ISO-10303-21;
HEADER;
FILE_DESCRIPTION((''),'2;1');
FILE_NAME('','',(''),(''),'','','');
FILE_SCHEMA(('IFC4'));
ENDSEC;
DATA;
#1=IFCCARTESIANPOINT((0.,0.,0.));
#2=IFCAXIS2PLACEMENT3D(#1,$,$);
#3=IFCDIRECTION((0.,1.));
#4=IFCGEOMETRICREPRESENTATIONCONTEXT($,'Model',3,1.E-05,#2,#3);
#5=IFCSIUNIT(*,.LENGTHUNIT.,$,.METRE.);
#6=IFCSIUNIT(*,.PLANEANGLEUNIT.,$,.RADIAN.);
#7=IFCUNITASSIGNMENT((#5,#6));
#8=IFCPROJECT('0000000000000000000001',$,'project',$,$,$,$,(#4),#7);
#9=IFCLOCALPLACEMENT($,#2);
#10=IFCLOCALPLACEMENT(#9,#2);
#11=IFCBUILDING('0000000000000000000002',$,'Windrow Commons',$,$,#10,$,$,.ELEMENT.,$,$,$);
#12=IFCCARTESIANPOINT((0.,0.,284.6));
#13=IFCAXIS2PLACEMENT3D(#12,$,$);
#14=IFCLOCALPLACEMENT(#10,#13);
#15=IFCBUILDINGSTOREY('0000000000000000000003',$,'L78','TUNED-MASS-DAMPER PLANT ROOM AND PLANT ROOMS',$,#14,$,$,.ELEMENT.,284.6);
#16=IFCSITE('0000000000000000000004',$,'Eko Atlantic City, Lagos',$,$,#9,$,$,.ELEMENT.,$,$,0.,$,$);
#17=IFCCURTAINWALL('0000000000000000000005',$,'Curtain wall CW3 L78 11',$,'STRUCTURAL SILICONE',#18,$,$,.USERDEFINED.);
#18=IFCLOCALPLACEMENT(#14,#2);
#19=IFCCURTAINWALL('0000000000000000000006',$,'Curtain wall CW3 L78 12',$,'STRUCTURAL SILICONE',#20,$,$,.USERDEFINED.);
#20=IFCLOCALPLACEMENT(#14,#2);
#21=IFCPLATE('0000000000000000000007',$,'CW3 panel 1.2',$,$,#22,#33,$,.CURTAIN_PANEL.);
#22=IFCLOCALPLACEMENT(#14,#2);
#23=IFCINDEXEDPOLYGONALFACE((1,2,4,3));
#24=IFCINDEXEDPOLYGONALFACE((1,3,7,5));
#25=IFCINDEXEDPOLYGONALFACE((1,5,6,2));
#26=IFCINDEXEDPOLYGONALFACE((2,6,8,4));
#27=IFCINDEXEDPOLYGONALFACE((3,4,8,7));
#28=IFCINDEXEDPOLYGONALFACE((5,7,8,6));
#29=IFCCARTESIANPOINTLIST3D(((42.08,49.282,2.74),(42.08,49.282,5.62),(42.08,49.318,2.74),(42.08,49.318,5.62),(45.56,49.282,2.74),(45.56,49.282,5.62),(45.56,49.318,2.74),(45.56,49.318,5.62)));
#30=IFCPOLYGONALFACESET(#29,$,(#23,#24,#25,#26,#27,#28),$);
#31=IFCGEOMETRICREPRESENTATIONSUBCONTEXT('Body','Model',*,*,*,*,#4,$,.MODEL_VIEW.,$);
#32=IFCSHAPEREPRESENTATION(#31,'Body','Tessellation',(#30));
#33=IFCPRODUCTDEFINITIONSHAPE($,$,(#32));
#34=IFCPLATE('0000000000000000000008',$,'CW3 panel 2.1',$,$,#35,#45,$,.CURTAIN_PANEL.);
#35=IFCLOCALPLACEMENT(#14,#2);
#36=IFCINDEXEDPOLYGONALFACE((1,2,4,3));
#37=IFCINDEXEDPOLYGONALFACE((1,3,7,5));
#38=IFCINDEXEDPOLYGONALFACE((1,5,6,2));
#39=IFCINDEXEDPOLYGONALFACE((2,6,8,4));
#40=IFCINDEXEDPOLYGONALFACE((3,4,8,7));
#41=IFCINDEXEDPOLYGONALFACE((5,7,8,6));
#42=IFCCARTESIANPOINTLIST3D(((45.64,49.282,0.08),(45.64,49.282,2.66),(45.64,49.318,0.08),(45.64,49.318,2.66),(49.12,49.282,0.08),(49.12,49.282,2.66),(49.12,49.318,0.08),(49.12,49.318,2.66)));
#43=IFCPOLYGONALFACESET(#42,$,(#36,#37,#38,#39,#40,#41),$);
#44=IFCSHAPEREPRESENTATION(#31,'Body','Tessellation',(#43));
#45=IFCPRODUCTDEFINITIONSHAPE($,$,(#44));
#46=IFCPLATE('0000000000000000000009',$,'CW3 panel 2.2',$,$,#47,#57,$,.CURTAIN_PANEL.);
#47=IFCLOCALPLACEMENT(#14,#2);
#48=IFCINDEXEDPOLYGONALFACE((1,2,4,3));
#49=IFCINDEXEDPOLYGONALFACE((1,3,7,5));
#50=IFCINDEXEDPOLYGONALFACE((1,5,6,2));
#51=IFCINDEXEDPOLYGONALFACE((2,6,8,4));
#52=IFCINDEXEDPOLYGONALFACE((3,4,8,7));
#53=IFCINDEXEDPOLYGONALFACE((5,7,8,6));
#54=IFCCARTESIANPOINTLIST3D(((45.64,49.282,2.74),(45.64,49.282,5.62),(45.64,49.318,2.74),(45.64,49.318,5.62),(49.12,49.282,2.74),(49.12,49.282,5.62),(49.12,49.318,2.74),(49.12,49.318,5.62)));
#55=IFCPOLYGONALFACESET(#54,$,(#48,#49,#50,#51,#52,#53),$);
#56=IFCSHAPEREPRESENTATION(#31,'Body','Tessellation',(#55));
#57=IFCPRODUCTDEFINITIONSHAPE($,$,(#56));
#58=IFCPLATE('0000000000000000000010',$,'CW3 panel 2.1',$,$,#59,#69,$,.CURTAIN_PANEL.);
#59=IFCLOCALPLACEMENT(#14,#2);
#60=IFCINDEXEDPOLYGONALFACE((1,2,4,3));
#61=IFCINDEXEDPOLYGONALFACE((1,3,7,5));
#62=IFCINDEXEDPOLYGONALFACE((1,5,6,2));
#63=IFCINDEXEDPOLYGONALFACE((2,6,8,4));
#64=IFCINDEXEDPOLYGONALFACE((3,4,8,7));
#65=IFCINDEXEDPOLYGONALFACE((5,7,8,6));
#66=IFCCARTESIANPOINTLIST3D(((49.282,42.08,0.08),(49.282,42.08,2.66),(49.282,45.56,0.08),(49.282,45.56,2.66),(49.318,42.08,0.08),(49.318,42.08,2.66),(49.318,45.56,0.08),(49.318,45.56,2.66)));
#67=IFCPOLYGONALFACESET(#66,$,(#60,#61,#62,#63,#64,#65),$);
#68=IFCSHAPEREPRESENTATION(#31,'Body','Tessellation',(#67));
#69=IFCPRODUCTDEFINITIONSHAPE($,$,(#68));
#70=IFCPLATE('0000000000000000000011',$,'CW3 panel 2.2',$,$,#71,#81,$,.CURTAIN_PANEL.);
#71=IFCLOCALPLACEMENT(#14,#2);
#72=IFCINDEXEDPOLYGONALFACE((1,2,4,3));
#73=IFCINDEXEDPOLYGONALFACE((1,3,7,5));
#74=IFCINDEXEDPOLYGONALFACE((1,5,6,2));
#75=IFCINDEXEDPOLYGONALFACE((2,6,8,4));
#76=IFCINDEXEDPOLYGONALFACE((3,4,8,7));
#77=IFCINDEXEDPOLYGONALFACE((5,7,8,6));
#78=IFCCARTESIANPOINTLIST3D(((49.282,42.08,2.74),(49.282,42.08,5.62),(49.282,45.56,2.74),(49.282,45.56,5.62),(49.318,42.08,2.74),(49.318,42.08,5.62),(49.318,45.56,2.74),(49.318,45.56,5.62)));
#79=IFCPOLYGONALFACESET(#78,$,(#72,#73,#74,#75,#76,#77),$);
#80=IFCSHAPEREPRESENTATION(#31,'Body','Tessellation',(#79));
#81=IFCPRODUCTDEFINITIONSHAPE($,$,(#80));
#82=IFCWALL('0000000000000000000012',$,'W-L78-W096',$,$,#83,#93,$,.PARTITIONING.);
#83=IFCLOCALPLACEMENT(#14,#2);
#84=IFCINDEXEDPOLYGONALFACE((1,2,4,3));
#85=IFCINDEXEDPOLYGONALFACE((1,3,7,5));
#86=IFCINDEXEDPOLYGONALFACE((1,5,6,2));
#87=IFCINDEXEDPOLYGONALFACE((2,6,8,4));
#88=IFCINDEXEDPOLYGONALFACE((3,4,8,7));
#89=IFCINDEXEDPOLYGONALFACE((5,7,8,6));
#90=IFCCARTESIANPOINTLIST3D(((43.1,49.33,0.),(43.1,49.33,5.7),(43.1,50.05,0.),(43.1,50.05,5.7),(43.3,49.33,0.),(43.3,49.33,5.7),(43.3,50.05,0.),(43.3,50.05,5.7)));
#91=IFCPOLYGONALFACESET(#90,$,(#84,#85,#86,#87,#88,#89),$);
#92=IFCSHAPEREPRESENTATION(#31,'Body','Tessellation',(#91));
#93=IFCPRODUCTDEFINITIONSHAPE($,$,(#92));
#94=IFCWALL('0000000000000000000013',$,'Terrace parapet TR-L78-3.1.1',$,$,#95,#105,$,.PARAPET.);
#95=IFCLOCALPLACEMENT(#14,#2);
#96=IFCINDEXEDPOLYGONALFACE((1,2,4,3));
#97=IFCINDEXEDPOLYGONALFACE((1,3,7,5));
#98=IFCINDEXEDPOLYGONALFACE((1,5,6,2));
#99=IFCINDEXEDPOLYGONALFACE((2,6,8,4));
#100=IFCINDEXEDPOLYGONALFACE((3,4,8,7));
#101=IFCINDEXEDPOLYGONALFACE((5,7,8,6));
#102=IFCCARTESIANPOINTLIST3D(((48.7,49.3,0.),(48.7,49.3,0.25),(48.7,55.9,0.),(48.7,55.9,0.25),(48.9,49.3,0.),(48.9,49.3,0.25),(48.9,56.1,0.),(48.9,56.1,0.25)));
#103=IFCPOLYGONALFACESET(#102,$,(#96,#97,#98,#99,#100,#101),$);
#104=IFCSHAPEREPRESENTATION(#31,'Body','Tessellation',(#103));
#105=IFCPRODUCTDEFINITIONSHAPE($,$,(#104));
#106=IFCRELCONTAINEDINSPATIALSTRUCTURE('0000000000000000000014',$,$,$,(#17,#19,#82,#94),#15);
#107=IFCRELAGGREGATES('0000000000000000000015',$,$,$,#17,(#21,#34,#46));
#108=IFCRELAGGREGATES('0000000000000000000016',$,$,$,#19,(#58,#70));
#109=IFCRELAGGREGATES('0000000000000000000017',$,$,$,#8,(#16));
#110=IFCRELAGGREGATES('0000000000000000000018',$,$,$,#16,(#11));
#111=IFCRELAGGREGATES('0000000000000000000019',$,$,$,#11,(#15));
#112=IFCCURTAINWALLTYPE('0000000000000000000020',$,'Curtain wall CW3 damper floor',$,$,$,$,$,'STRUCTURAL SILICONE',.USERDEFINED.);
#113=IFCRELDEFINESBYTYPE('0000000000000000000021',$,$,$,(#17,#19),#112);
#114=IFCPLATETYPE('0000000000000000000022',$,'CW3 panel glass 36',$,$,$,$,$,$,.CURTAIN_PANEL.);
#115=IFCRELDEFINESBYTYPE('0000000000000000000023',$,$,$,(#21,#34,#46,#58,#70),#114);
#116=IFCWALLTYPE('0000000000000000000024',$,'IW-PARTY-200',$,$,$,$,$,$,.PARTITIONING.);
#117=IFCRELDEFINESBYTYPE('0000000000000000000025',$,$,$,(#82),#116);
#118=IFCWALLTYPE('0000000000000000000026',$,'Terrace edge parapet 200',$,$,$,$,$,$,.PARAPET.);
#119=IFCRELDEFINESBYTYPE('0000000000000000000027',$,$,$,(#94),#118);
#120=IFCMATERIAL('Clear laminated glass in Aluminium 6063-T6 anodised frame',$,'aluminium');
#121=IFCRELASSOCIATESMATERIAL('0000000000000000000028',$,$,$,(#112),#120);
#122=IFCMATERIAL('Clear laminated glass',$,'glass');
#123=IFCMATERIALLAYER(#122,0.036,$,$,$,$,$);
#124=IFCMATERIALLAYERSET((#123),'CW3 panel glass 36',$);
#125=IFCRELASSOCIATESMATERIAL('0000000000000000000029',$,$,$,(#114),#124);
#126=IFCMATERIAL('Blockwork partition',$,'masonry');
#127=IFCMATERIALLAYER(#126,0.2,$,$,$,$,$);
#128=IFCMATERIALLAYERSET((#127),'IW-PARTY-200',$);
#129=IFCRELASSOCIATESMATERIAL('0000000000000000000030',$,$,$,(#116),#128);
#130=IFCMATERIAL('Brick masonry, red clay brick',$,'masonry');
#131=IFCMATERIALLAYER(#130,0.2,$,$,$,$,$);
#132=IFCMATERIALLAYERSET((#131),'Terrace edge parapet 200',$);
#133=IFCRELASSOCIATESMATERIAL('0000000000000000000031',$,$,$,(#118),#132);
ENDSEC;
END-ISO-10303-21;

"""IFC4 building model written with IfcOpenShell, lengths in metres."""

from ifc_helpers import new_model, si_unit, direction, frame, frame_2d, origin, origin_2d, place, context, subcontext, project, spatial, polyline, rectangle, outline, extrude, material, layer, layer_set, type_object, element, aggregate, save


model = new_model("IFC4")

# Units and contexts
model_context = context("Model", 3, precision=1e-05, world=origin(), true_north=direction((0.0, 1.0)))
body_context = subcontext(model_context, "Body", "Model", "MODEL_VIEW")
ifc_project = project(units=[si_unit("LENGTHUNIT", "METRE"), si_unit("PLANEANGLEUNIT", "RADIAN")], contexts=[model_context])

# Site, building, storey
site_placement = place(None, origin())
site = spatial("IfcSite", under=ifc_project, at=site_placement, Name="Eko Atlantic City, Lagos", CompositionType="ELEMENT", RefElevation=0.0)
building_placement = place(site_placement, origin())
building = spatial("IfcBuilding", under=site, at=building_placement, Name="Windrow Commons", CompositionType="ELEMENT")
storey_placement = place(building_placement, frame((0.0, 0.0, 284.6)))
storey = spatial("IfcBuildingStorey", under=building, at=storey_placement, Name="L78", Description="TUNED-MASS-DAMPER PLANT ROOM AND PLANT ROOMS", CompositionType="ELEMENT", Elevation=284.6)

# Shared definitions
ifc_material_1 = material(Name="Clear laminated glass in Aluminium 6063-T6 anodised frame", Category="aluminium")
curtain_wall_type = type_object("IfcCurtainWallType", Name="Curtain wall CW3 damper floor", ElementType="STRUCTURAL SILICONE", PredefinedType="USERDEFINED", material=ifc_material_1)
placement = place(storey_placement, origin())

# Curtain wall
curtain_wall_1 = element("IfcCurtainWall", 1, at=placement, inside=storey, type_object=curtain_wall_type, Name="Curtain wall CW3 L78 11", ObjectType="STRUCTURAL SILICONE", PredefinedType="USERDEFINED")

# Curtain wall
curtain_wall_2 = element("IfcCurtainWall", 2, at=placement, inside=storey, type_object=curtain_wall_type, Name="Curtain wall CW3 L78 12", ObjectType="STRUCTURAL SILICONE", PredefinedType="USERDEFINED")

# Plates
ifc_material_2 = material(Name="Clear laminated glass", Category="glass")
ifc_layer_1 = layer(ifc_material_2, 0.036)
ifc_layer_set_1 = layer_set([ifc_layer_1], Name="CW3 panel glass 36")
plate_type = type_object("IfcPlateType", Name="CW3 panel glass 36", PredefinedType="CURTAIN_PANEL", material=ifc_layer_set_1)
plate_1_placement = place(storey_placement, frame((43.82, 49.3, 2.74), z_axis=(0.0, 0.0, 1.0), x_axis=(1.0, 0.0, 0.0)))
plate_1 = element("IfcPlate", 3, at=plate_1_placement, type_object=plate_type, Name="CW3 panel 1.2", PredefinedType="CURTAIN_PANEL", context=body_context, shape_type="SweptSolid", body=[
    extrude(rectangle(XDim=3.48, YDim=0.036, at=origin_2d()), origin(), (0.0, 0.0, 1.0), 2.88),
])
plate_2_placement = place(storey_placement, frame((47.38, 49.3, 0.08), z_axis=(0.0, 0.0, 1.0), x_axis=(1.0, 0.0, 0.0)))
plate_2 = element("IfcPlate", 4, at=plate_2_placement, type_object=plate_type, Name="CW3 panel 2.1", PredefinedType="CURTAIN_PANEL", context=body_context, shape_type="SweptSolid", body=[
    extrude(rectangle(XDim=3.48, YDim=0.036, at=origin_2d()), origin(), (0.0, 0.0, 1.0), 2.58),
])
plate_3_placement = place(storey_placement, frame((47.38, 49.3, 2.74), z_axis=(0.0, 0.0, 1.0), x_axis=(1.0, 0.0, 0.0)))
plate_3 = element("IfcPlate", 5, at=plate_3_placement, type_object=plate_type, Name="CW3 panel 2.2", PredefinedType="CURTAIN_PANEL", context=body_context, shape_type="SweptSolid", body=[
    extrude(rectangle(XDim=3.48, YDim=0.036, at=origin_2d()), origin(), (0.0, 0.0, 1.0), 2.88),
])
aggregate(curtain_wall_1, [plate_1, plate_2, plate_3])
plate_4_placement = place(storey_placement, frame((49.3, 43.82, 0.08), z_axis=(0.0, 0.0, 1.0), x_axis=(0.0, -1.0, 0.0)))
plate_4 = element("IfcPlate", 6, at=plate_4_placement, type_object=plate_type, Name="CW3 panel 2.1", PredefinedType="CURTAIN_PANEL", context=body_context, shape_type="SweptSolid", body=[
    extrude(rectangle(XDim=3.48, YDim=0.036, at=origin_2d()), origin(), (0.0, 0.0, 1.0), 2.58),
])
plate_5_placement = place(storey_placement, frame((49.3, 43.82, 2.74), z_axis=(0.0, 0.0, 1.0), x_axis=(0.0, -1.0, 0.0)))
plate_5 = element("IfcPlate", 7, at=plate_5_placement, type_object=plate_type, Name="CW3 panel 2.2", PredefinedType="CURTAIN_PANEL", context=body_context, shape_type="SweptSolid", body=[
    extrude(rectangle(XDim=3.48, YDim=0.036, at=origin_2d()), origin(), (0.0, 0.0, 1.0), 2.88),
])
aggregate(curtain_wall_2, [plate_4, plate_5])

# Walls
ifc_material_3 = material(Name="Blockwork partition", Category="masonry")
ifc_layer_2 = layer(ifc_material_3, 0.2)
ifc_layer_set_2 = layer_set([ifc_layer_2], Name="IW-PARTY-200")
wall_type_1 = type_object("IfcWallType", Name="IW-PARTY-200", PredefinedType="PARTITIONING", material=ifc_layer_set_2)
wall_1_placement = place(storey_placement, frame((43.2, 49.33, 0.0), z_axis=(0.0, 0.0, 1.0), x_axis=(0.0, 1.0, 0.0)))
element("IfcWall", 8, at=wall_1_placement, inside=storey, type_object=wall_type_1, Name="W-L78-W096", PredefinedType="PARTITIONING", context=body_context, shape_type="SweptSolid", body=[
    extrude(rectangle(XDim=0.72, YDim=0.2, at=frame_2d((0.36, 0.0))), origin(), (0.0, 0.0, 1.0), 5.7),
])
ifc_material_4 = material(Name="Brick masonry, red clay brick", Category="masonry")
ifc_layer_3 = layer(ifc_material_4, 0.2)
ifc_layer_set_3 = layer_set([ifc_layer_3], Name="Terrace edge parapet 200")
wall_type_2 = type_object("IfcWallType", Name="Terrace edge parapet 200", PredefinedType="PARAPET", material=ifc_layer_set_3)
wall_2_placement = place(storey_placement, frame((48.8, 49.3, 0.0), z_axis=(0.0, 0.0, 1.0), x_axis=(0.0, 1.0, 0.0)))
element("IfcWall", 9, at=wall_2_placement, inside=storey, type_object=wall_type_2, Name="Terrace parapet TR-L78-3.1.1", PredefinedType="PARAPET", context=body_context, shape_type="SweptSolid", body=[
    extrude(outline(polyline([(0.0, -0.1), (6.8, -0.1), (6.6, 0.1), (0.0, 0.1), (0.0, -0.1)])), origin(), (0.0, 0.0, 1.0), 0.25),
])

save(model, "model.ifc")
